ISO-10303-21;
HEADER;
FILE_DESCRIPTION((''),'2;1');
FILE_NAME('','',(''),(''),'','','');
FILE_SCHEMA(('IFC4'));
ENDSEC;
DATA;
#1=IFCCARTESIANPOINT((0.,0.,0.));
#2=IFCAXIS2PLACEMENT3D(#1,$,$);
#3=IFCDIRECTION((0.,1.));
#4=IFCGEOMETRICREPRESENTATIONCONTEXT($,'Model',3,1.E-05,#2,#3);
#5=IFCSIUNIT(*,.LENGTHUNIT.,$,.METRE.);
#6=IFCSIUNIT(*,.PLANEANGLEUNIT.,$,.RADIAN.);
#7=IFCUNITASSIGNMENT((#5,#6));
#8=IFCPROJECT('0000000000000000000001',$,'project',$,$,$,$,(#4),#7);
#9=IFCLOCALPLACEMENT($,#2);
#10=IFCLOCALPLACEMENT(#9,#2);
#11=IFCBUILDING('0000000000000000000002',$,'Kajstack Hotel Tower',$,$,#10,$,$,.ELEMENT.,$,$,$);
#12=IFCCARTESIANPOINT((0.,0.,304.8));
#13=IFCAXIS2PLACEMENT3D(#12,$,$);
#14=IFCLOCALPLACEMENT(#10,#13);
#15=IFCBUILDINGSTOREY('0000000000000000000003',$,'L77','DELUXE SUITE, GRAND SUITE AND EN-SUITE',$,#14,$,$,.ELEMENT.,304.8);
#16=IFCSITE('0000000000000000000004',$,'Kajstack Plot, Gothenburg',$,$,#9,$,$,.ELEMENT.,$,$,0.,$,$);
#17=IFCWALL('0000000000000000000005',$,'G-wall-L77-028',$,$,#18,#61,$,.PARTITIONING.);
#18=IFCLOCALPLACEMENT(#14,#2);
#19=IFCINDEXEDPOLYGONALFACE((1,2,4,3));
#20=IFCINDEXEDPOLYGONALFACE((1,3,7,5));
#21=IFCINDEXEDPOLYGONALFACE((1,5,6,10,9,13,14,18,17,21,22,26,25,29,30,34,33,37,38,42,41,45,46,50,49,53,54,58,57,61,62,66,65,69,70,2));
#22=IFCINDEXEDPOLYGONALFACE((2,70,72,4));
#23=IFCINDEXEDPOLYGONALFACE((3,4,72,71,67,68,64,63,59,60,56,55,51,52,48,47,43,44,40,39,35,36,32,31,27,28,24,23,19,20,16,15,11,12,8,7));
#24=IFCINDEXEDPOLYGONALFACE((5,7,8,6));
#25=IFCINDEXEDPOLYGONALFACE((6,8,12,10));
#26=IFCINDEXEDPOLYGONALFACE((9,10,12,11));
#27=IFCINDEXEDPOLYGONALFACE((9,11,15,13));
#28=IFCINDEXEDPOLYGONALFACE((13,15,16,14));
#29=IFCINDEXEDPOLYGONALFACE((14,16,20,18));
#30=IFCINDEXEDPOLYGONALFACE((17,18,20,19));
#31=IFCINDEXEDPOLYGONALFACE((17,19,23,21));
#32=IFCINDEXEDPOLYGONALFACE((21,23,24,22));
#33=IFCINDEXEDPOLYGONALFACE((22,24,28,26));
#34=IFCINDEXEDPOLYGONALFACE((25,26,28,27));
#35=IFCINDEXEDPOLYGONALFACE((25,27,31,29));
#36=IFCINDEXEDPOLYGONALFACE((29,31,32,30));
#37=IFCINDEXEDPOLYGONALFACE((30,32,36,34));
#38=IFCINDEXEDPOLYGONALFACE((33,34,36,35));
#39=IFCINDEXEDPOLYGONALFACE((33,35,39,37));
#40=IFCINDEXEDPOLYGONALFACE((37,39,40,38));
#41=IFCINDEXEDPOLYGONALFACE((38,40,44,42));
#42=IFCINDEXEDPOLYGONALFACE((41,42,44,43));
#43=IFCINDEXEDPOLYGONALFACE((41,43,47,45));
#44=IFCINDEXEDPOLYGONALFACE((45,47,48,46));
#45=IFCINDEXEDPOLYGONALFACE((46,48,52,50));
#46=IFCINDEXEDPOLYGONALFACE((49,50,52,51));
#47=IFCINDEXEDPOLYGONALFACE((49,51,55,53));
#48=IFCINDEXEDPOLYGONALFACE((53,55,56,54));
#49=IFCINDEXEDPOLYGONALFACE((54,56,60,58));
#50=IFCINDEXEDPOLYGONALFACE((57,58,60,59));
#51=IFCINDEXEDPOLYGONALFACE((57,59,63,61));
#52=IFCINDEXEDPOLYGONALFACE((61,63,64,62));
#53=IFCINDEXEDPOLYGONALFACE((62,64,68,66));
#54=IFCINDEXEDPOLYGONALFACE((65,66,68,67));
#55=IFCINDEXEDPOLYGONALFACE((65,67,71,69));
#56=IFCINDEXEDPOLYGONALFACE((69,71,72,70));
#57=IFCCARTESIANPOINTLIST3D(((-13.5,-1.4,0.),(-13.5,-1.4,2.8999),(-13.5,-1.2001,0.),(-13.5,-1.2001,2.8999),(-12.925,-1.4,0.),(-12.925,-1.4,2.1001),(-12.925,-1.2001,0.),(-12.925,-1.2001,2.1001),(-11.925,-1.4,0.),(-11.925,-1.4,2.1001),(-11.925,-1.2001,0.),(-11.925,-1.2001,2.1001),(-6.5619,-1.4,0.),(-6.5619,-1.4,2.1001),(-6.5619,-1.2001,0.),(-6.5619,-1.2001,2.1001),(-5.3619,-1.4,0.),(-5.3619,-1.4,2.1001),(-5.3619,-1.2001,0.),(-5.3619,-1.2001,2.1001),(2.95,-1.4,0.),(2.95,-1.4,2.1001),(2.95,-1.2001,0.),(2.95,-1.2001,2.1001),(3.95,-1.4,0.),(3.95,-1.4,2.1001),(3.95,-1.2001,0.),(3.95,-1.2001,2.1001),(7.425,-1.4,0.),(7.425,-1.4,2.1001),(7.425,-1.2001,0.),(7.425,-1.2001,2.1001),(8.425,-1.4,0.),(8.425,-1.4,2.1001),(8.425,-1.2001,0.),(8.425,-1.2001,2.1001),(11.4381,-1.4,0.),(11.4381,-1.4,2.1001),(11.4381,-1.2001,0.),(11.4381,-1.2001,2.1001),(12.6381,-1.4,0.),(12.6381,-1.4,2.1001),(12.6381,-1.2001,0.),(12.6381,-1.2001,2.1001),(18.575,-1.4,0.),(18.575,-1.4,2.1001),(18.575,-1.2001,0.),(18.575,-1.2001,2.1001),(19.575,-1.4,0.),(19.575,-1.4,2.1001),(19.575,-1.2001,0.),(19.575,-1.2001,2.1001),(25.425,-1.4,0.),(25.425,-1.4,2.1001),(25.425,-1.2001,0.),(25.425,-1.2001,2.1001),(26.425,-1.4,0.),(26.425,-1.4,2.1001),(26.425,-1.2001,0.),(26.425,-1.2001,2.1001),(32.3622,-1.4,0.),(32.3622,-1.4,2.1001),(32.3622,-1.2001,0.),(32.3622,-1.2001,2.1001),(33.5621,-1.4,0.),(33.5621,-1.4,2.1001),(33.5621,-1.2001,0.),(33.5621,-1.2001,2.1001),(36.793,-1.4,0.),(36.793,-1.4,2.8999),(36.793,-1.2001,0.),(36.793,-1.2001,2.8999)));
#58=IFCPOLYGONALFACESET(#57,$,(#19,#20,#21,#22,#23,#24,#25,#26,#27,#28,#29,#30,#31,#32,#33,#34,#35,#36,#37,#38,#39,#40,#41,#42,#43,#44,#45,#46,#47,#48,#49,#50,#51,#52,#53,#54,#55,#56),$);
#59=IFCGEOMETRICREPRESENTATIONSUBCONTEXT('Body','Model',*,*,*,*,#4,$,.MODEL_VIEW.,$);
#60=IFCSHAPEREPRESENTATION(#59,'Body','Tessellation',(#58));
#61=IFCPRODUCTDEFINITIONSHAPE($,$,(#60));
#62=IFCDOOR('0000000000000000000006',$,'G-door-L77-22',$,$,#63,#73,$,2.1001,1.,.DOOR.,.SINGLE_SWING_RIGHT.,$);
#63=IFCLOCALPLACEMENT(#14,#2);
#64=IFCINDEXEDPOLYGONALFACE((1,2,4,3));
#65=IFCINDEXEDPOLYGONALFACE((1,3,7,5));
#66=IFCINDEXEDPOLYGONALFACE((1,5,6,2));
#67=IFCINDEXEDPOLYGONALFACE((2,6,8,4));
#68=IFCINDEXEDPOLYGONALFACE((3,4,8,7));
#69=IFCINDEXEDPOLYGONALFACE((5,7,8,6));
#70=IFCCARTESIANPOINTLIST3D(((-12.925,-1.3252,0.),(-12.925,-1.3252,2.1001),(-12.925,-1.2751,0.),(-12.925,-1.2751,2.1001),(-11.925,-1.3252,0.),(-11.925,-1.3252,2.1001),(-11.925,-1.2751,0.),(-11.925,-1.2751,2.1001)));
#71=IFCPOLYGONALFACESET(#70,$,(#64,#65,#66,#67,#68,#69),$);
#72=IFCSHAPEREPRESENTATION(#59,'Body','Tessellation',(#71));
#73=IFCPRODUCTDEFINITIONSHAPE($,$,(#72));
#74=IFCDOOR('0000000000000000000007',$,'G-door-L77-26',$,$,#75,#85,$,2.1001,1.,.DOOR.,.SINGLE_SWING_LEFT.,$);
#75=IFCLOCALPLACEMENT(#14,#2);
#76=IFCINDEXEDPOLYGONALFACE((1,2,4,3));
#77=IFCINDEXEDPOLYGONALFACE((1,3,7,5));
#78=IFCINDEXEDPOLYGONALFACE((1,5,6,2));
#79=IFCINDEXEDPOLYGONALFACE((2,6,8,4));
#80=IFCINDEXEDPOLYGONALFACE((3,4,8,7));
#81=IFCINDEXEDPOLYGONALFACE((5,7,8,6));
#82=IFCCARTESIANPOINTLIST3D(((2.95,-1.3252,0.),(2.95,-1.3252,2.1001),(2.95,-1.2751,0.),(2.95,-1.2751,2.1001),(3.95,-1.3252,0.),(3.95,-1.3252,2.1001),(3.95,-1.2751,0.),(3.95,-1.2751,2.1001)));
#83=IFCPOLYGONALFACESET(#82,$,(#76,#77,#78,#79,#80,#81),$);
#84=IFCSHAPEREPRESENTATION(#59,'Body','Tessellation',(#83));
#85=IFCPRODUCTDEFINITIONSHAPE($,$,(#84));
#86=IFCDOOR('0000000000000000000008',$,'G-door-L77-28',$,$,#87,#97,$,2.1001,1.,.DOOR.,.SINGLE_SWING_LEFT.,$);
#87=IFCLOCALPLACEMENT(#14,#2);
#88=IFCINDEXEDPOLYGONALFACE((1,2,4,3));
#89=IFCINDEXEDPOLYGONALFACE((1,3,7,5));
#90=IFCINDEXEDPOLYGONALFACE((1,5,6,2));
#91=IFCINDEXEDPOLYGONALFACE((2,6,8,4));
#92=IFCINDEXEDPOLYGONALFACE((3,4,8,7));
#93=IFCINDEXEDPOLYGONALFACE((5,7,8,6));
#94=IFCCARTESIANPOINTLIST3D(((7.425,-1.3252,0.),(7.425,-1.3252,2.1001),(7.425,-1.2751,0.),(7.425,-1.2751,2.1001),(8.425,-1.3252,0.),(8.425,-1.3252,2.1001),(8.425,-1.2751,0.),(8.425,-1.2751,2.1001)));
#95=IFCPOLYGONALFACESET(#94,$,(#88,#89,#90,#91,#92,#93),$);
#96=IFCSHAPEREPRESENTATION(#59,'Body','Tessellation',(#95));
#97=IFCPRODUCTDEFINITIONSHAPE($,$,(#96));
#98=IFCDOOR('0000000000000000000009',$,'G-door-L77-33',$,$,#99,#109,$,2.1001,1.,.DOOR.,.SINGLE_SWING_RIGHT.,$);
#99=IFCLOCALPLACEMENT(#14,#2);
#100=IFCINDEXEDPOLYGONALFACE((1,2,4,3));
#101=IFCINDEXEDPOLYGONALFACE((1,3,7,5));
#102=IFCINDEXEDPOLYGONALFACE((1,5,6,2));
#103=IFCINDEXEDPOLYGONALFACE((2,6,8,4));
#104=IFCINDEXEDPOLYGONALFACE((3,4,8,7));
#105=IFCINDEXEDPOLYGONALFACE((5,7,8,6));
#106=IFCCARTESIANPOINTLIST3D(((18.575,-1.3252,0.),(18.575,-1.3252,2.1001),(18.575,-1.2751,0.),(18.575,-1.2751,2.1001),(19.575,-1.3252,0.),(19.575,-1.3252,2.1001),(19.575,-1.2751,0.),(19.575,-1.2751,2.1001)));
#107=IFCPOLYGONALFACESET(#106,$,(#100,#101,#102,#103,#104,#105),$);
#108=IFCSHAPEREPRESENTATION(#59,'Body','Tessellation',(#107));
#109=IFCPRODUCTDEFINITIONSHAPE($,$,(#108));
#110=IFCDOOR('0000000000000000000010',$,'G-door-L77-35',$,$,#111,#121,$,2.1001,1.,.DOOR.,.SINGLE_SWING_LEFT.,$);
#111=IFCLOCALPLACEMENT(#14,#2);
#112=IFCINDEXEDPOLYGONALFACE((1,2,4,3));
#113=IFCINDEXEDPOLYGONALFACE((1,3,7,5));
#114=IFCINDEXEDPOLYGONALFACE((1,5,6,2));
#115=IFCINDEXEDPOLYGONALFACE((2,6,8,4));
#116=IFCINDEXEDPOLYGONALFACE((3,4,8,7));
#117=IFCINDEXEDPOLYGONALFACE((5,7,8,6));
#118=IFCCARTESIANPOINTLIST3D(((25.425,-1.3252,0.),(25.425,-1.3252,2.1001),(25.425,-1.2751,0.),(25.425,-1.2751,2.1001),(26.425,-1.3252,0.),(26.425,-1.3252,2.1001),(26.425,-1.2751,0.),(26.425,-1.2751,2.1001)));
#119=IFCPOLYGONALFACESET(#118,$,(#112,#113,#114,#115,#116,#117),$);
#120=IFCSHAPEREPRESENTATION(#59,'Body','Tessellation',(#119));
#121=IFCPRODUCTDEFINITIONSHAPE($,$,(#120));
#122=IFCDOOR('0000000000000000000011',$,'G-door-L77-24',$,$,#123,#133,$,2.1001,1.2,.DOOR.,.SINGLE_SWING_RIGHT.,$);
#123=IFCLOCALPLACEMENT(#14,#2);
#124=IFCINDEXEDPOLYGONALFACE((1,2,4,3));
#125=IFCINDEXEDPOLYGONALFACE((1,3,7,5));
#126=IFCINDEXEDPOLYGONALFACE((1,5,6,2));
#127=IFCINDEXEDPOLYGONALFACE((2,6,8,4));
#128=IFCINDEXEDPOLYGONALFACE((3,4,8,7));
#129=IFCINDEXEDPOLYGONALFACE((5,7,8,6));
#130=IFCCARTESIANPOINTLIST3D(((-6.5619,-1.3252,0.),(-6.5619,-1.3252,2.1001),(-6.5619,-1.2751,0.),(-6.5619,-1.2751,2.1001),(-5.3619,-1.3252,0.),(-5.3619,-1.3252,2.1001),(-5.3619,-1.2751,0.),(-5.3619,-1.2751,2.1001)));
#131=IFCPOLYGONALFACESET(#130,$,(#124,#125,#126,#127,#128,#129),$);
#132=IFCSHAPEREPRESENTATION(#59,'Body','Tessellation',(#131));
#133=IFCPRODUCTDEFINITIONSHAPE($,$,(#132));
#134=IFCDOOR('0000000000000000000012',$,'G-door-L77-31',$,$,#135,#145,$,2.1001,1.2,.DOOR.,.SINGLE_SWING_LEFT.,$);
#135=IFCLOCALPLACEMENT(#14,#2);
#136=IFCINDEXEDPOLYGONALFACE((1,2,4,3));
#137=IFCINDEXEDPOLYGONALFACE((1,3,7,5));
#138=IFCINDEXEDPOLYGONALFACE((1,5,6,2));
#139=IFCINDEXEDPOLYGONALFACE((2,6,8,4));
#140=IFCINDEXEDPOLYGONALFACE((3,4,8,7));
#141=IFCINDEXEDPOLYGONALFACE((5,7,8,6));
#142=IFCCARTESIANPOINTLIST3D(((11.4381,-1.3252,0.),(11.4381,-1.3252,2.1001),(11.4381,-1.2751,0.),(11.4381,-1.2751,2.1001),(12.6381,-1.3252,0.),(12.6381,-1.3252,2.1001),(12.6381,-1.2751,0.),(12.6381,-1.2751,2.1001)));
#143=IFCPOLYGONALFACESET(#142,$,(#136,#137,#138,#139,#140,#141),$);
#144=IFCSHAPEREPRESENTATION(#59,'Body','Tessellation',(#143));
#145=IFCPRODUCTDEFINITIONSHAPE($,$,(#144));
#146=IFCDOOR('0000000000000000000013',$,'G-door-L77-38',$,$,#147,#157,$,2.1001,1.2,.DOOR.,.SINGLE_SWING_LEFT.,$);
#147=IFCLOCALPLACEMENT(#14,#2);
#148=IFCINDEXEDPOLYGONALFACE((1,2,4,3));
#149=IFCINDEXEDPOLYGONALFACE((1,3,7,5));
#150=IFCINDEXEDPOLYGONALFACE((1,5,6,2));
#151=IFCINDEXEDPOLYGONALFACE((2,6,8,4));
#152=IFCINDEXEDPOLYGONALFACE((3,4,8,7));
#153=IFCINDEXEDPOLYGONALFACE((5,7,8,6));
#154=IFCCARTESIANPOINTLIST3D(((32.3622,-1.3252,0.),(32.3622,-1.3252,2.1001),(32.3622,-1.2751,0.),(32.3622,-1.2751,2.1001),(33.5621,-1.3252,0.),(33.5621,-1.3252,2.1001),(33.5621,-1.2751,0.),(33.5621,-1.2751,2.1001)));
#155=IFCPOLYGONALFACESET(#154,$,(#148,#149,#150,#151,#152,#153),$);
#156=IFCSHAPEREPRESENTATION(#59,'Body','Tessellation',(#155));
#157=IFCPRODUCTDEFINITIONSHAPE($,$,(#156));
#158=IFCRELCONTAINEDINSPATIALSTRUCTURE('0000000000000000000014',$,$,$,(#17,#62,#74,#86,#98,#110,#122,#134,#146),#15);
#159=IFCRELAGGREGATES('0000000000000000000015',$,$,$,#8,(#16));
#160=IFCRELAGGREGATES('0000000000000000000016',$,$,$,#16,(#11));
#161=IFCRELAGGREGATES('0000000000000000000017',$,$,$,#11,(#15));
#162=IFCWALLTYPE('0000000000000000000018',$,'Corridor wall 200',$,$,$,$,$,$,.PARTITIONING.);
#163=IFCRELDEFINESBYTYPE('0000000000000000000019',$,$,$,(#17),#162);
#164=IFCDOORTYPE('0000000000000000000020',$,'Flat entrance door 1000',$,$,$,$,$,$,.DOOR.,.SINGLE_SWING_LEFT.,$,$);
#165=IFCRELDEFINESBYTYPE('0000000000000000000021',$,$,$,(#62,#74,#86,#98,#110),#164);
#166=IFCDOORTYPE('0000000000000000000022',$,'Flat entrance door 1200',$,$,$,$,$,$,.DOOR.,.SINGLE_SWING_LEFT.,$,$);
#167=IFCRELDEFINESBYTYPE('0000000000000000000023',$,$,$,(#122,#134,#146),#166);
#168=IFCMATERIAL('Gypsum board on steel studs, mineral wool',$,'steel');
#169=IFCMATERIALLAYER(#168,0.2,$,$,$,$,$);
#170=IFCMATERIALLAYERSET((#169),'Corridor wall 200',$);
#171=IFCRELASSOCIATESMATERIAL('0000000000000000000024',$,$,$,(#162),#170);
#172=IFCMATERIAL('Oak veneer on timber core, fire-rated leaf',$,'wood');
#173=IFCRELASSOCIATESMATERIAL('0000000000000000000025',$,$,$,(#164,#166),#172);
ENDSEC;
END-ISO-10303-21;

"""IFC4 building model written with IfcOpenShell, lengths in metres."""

from ifc_helpers import new_model, si_unit, direction, frame, frame_2d, origin, place, context, subcontext, project, spatial, rectangle, extrude, material, layer, layer_set, type_object, element, fill, save


model = new_model("IFC4")

# Units and contexts
model_context = context("Model", 3, precision=1e-05, world=origin(), true_north=direction((0.0, 1.0)))
body_context = subcontext(model_context, "Body", "Model", "MODEL_VIEW")
ifc_project = project(units=[si_unit("LENGTHUNIT", "METRE"), si_unit("PLANEANGLEUNIT", "RADIAN")], contexts=[model_context])

# Site, building, storey
site_placement = place(None, origin())
site = spatial("IfcSite", under=ifc_project, at=site_placement, Name="Kajstack Plot, Gothenburg", CompositionType="ELEMENT", RefElevation=0.0)
building_placement = place(site_placement, origin())
building = spatial("IfcBuilding", under=site, at=building_placement, Name="Kajstack Hotel Tower", CompositionType="ELEMENT")
storey_placement = place(building_placement, frame((0.0, 0.0, 304.8)))
storey = spatial("IfcBuildingStorey", under=building, at=storey_placement, Name="L77", Description="DELUXE SUITE, GRAND SUITE AND EN-SUITE", CompositionType="ELEMENT", Elevation=304.8)

# Wall, openings, doors
ifc_material_1 = material(Name="Gypsum board on steel studs, mineral wool", Category="steel")
ifc_layer_1 = layer(ifc_material_1, 0.2)
ifc_layer_set_1 = layer_set([ifc_layer_1], Name="Corridor wall 200")
wall_type_1 = type_object("IfcWallType", Name="Corridor wall 200", PredefinedType="PARTITIONING", material=ifc_layer_set_1)
wall_1_placement = place(storey_placement, frame((-13.5, -1.3, 0.0), z_axis=(0.0, 0.0, 1.0), x_axis=(1.0, 0.0, 0.0)))
wall_1 = element("IfcWall", 1, at=wall_1_placement, inside=storey, type_object=wall_type_1, Name="G-wall-L77-028", PredefinedType="PARTITIONING", context=body_context, shape_type="SweptSolid", body=[
    extrude(rectangle(XDim=50.293, YDim=0.2, at=frame_2d((25.1465, 0.0))), origin(), (0.0, 0.0, 1.0), 2.8999),
])
opening_1_placement = place(wall_1_placement, frame((0.575, 0.0, 0.0)))
opening_1 = element("IfcOpeningElement", 2, at=opening_1_placement, cuts=wall_1, PredefinedType="OPENING", context=body_context, shape_type="SweptSolid", body=[
    extrude(rectangle(XDim=1.0, YDim=2.1001, at=frame_2d((0.5, 1.05))), frame((0.0, 0.1099, 0.0), z_axis=(0.0, -1.0, 0.0), x_axis=(1.0, 0.0, 0.0)), (0.0, 0.0, 1.0), 0.22),
])
opening_2_placement = place(wall_1_placement, frame((6.938, 0.0, 0.0)))
opening_2 = element("IfcOpeningElement", 3, at=opening_2_placement, cuts=wall_1, PredefinedType="OPENING", context=body_context, shape_type="SweptSolid", body=[
    extrude(rectangle(XDim=1.2, YDim=2.1001, at=frame_2d((0.6001, 1.05))), frame((0.0, 0.1099, 0.0), z_axis=(0.0, -1.0, 0.0), x_axis=(1.0, 0.0, 0.0)), (0.0, 0.0, 1.0), 0.22),
])
opening_3_placement = place(wall_1_placement, frame((16.45, 0.0, 0.0)))
opening_3 = element("IfcOpeningElement", 4, at=opening_3_placement, cuts=wall_1, PredefinedType="OPENING", context=body_context, shape_type="SweptSolid", body=[
    extrude(rectangle(XDim=1.0, YDim=2.1001, at=frame_2d((0.5, 1.05))), frame((0.0, 0.1099, 0.0), z_axis=(0.0, -1.0, 0.0), x_axis=(1.0, 0.0, 0.0)), (0.0, 0.0, 1.0), 0.22),
])
opening_4_placement = place(wall_1_placement, frame((20.925, 0.0, 0.0)))
opening_4 = element("IfcOpeningElement", 5, at=opening_4_placement, cuts=wall_1, PredefinedType="OPENING", context=body_context, shape_type="SweptSolid", body=[
    extrude(rectangle(XDim=1.0, YDim=2.1001, at=frame_2d((0.5, 1.05))), frame((0.0, 0.1099, 0.0), z_axis=(0.0, -1.0, 0.0), x_axis=(1.0, 0.0, 0.0)), (0.0, 0.0, 1.0), 0.22),
])
opening_5_placement = place(wall_1_placement, frame((24.938, 0.0, 0.0)))
opening_5 = element("IfcOpeningElement", 6, at=opening_5_placement, cuts=wall_1, PredefinedType="OPENING", context=body_context, shape_type="SweptSolid", body=[
    extrude(rectangle(XDim=1.2, YDim=2.1001, at=frame_2d((0.6001, 1.05))), frame((0.0, 0.1099, 0.0), z_axis=(0.0, -1.0, 0.0), x_axis=(1.0, 0.0, 0.0)), (0.0, 0.0, 1.0), 0.22),
])
opening_6_placement = place(wall_1_placement, frame((32.075, 0.0, 0.0)))
opening_6 = element("IfcOpeningElement", 7, at=opening_6_placement, cuts=wall_1, PredefinedType="OPENING", context=body_context, shape_type="SweptSolid", body=[
    extrude(rectangle(XDim=1.0, YDim=2.1001, at=frame_2d((0.5, 1.05))), frame((0.0, 0.1099, 0.0), z_axis=(0.0, -1.0, 0.0), x_axis=(1.0, 0.0, 0.0)), (0.0, 0.0, 1.0), 0.22),
])
opening_7_placement = place(wall_1_placement, frame((38.925, 0.0, 0.0)))
opening_7 = element("IfcOpeningElement", 8, at=opening_7_placement, cuts=wall_1, PredefinedType="OPENING", context=body_context, shape_type="SweptSolid", body=[
    extrude(rectangle(XDim=1.0, YDim=2.1001, at=frame_2d((0.5, 1.05))), frame((0.0, 0.1099, 0.0), z_axis=(0.0, -1.0, 0.0), x_axis=(1.0, 0.0, 0.0)), (0.0, 0.0, 1.0), 0.22),
])
opening_8_placement = place(wall_1_placement, frame((45.8621, 0.0, 0.0)))
opening_8 = element("IfcOpeningElement", 9, at=opening_8_placement, cuts=wall_1, PredefinedType="OPENING", context=body_context, shape_type="SweptSolid", body=[
    extrude(rectangle(XDim=1.2, YDim=2.1001, at=frame_2d((0.6001, 1.05))), frame((0.0, 0.1099, 0.0), z_axis=(0.0, -1.0, 0.0), x_axis=(1.0, 0.0, 0.0)), (0.0, 0.0, 1.0), 0.22),
])
ifc_material_2 = material(Name="Oak veneer on timber core, fire-rated leaf", Category="wood")
door_type_1 = type_object("IfcDoorType", Name="Flat entrance door 1000", OperationType="SINGLE_SWING_LEFT", PredefinedType="DOOR", material=ifc_material_2)
door_1_placement = place(opening_1_placement, origin())
door_1 = element("IfcDoor", 10, at=door_1_placement, inside=storey, type_object=door_type_1, Name="G-door-L77-22", OperationType="SINGLE_SWING_RIGHT", OverallHeight=2.1001, OverallWidth=1.0, PredefinedType="DOOR", context=body_context, shape_type="SweptSolid", body=[
    extrude(rectangle(XDim=1.0, YDim=2.1001, at=frame_2d((0.5, 1.05))), frame((0.0, 0.0249, 0.0), z_axis=(0.0, -1.0, 0.0), x_axis=(1.0, 0.0, 0.0)), (0.0, 0.0, 1.0), 0.05),
])
fill(opening_1, door_1)
door_2_placement = place(opening_3_placement, origin())
door_2 = element("IfcDoor", 11, at=door_2_placement, inside=storey, type_object=door_type_1, Name="G-door-L77-26", OperationType="SINGLE_SWING_LEFT", OverallHeight=2.1001, OverallWidth=1.0, PredefinedType="DOOR", context=body_context, shape_type="SweptSolid", body=[
    extrude(rectangle(XDim=1.0, YDim=2.1001, at=frame_2d((0.5, 1.05))), frame((0.0, 0.0249, 0.0), z_axis=(0.0, -1.0, 0.0), x_axis=(1.0, 0.0, 0.0)), (0.0, 0.0, 1.0), 0.05),
])
fill(opening_3, door_2)
door_3_placement = place(opening_4_placement, origin())
door_3 = element("IfcDoor", 12, at=door_3_placement, inside=storey, type_object=door_type_1, Name="G-door-L77-28", OperationType="SINGLE_SWING_LEFT", OverallHeight=2.1001, OverallWidth=1.0, PredefinedType="DOOR", context=body_context, shape_type="SweptSolid", body=[
    extrude(rectangle(XDim=1.0, YDim=2.1001, at=frame_2d((0.5, 1.05))), frame((0.0, 0.0249, 0.0), z_axis=(0.0, -1.0, 0.0), x_axis=(1.0, 0.0, 0.0)), (0.0, 0.0, 1.0), 0.05),
])
fill(opening_4, door_3)
door_4_placement = place(opening_6_placement, origin())
door_4 = element("IfcDoor", 13, at=door_4_placement, inside=storey, type_object=door_type_1, Name="G-door-L77-33", OperationType="SINGLE_SWING_RIGHT", OverallHeight=2.1001, OverallWidth=1.0, PredefinedType="DOOR", context=body_context, shape_type="SweptSolid", body=[
    extrude(rectangle(XDim=1.0, YDim=2.1001, at=frame_2d((0.5, 1.05))), frame((0.0, 0.0249, 0.0), z_axis=(0.0, -1.0, 0.0), x_axis=(1.0, 0.0, 0.0)), (0.0, 0.0, 1.0), 0.05),
])
fill(opening_6, door_4)
door_5_placement = place(opening_7_placement, origin())
door_5 = element("IfcDoor", 14, at=door_5_placement, inside=storey, type_object=door_type_1, Name="G-door-L77-35", OperationType="SINGLE_SWING_LEFT", OverallHeight=2.1001, OverallWidth=1.0, PredefinedType="DOOR", context=body_context, shape_type="SweptSolid", body=[
    extrude(rectangle(XDim=1.0, YDim=2.1001, at=frame_2d((0.5, 1.05))), frame((0.0, 0.0249, 0.0), z_axis=(0.0, -1.0, 0.0), x_axis=(1.0, 0.0, 0.0)), (0.0, 0.0, 1.0), 0.05),
])
fill(opening_7, door_5)
door_type_2 = type_object("IfcDoorType", Name="Flat entrance door 1200", OperationType="SINGLE_SWING_LEFT", PredefinedType="DOOR", material=ifc_material_2)
door_6_placement = place(opening_2_placement, origin())
door_6 = element("IfcDoor", 15, at=door_6_placement, inside=storey, type_object=door_type_2, Name="G-door-L77-24", OperationType="SINGLE_SWING_RIGHT", OverallHeight=2.1001, OverallWidth=1.2, PredefinedType="DOOR", context=body_context, shape_type="SweptSolid", body=[
    extrude(rectangle(XDim=1.2, YDim=2.1001, at=frame_2d((0.6001, 1.05))), frame((0.0, 0.0249, 0.0), z_axis=(0.0, -1.0, 0.0), x_axis=(1.0, 0.0, 0.0)), (0.0, 0.0, 1.0), 0.05),
])
fill(opening_2, door_6)
door_7_placement = place(opening_5_placement, origin())
door_7 = element("IfcDoor", 16, at=door_7_placement, inside=storey, type_object=door_type_2, Name="G-door-L77-31", OperationType="SINGLE_SWING_LEFT", OverallHeight=2.1001, OverallWidth=1.2, PredefinedType="DOOR", context=body_context, shape_type="SweptSolid", body=[
    extrude(rectangle(XDim=1.2, YDim=2.1001, at=frame_2d((0.6001, 1.05))), frame((0.0, 0.0249, 0.0), z_axis=(0.0, -1.0, 0.0), x_axis=(1.0, 0.0, 0.0)), (0.0, 0.0, 1.0), 0.05),
])
fill(opening_5, door_7)
door_8_placement = place(opening_8_placement, origin())
door_8 = element("IfcDoor", 17, at=door_8_placement, inside=storey, type_object=door_type_2, Name="G-door-L77-38", OperationType="SINGLE_SWING_LEFT", OverallHeight=2.1001, OverallWidth=1.2, PredefinedType="DOOR", context=body_context, shape_type="SweptSolid", body=[
    extrude(rectangle(XDim=1.2, YDim=2.1001, at=frame_2d((0.6001, 1.05))), frame((0.0, 0.0249, 0.0), z_axis=(0.0, -1.0, 0.0), x_axis=(1.0, 0.0, 0.0)), (0.0, 0.0, 1.0), 0.05),
])
fill(opening_8, door_8)

save(model, "model.ifc")
